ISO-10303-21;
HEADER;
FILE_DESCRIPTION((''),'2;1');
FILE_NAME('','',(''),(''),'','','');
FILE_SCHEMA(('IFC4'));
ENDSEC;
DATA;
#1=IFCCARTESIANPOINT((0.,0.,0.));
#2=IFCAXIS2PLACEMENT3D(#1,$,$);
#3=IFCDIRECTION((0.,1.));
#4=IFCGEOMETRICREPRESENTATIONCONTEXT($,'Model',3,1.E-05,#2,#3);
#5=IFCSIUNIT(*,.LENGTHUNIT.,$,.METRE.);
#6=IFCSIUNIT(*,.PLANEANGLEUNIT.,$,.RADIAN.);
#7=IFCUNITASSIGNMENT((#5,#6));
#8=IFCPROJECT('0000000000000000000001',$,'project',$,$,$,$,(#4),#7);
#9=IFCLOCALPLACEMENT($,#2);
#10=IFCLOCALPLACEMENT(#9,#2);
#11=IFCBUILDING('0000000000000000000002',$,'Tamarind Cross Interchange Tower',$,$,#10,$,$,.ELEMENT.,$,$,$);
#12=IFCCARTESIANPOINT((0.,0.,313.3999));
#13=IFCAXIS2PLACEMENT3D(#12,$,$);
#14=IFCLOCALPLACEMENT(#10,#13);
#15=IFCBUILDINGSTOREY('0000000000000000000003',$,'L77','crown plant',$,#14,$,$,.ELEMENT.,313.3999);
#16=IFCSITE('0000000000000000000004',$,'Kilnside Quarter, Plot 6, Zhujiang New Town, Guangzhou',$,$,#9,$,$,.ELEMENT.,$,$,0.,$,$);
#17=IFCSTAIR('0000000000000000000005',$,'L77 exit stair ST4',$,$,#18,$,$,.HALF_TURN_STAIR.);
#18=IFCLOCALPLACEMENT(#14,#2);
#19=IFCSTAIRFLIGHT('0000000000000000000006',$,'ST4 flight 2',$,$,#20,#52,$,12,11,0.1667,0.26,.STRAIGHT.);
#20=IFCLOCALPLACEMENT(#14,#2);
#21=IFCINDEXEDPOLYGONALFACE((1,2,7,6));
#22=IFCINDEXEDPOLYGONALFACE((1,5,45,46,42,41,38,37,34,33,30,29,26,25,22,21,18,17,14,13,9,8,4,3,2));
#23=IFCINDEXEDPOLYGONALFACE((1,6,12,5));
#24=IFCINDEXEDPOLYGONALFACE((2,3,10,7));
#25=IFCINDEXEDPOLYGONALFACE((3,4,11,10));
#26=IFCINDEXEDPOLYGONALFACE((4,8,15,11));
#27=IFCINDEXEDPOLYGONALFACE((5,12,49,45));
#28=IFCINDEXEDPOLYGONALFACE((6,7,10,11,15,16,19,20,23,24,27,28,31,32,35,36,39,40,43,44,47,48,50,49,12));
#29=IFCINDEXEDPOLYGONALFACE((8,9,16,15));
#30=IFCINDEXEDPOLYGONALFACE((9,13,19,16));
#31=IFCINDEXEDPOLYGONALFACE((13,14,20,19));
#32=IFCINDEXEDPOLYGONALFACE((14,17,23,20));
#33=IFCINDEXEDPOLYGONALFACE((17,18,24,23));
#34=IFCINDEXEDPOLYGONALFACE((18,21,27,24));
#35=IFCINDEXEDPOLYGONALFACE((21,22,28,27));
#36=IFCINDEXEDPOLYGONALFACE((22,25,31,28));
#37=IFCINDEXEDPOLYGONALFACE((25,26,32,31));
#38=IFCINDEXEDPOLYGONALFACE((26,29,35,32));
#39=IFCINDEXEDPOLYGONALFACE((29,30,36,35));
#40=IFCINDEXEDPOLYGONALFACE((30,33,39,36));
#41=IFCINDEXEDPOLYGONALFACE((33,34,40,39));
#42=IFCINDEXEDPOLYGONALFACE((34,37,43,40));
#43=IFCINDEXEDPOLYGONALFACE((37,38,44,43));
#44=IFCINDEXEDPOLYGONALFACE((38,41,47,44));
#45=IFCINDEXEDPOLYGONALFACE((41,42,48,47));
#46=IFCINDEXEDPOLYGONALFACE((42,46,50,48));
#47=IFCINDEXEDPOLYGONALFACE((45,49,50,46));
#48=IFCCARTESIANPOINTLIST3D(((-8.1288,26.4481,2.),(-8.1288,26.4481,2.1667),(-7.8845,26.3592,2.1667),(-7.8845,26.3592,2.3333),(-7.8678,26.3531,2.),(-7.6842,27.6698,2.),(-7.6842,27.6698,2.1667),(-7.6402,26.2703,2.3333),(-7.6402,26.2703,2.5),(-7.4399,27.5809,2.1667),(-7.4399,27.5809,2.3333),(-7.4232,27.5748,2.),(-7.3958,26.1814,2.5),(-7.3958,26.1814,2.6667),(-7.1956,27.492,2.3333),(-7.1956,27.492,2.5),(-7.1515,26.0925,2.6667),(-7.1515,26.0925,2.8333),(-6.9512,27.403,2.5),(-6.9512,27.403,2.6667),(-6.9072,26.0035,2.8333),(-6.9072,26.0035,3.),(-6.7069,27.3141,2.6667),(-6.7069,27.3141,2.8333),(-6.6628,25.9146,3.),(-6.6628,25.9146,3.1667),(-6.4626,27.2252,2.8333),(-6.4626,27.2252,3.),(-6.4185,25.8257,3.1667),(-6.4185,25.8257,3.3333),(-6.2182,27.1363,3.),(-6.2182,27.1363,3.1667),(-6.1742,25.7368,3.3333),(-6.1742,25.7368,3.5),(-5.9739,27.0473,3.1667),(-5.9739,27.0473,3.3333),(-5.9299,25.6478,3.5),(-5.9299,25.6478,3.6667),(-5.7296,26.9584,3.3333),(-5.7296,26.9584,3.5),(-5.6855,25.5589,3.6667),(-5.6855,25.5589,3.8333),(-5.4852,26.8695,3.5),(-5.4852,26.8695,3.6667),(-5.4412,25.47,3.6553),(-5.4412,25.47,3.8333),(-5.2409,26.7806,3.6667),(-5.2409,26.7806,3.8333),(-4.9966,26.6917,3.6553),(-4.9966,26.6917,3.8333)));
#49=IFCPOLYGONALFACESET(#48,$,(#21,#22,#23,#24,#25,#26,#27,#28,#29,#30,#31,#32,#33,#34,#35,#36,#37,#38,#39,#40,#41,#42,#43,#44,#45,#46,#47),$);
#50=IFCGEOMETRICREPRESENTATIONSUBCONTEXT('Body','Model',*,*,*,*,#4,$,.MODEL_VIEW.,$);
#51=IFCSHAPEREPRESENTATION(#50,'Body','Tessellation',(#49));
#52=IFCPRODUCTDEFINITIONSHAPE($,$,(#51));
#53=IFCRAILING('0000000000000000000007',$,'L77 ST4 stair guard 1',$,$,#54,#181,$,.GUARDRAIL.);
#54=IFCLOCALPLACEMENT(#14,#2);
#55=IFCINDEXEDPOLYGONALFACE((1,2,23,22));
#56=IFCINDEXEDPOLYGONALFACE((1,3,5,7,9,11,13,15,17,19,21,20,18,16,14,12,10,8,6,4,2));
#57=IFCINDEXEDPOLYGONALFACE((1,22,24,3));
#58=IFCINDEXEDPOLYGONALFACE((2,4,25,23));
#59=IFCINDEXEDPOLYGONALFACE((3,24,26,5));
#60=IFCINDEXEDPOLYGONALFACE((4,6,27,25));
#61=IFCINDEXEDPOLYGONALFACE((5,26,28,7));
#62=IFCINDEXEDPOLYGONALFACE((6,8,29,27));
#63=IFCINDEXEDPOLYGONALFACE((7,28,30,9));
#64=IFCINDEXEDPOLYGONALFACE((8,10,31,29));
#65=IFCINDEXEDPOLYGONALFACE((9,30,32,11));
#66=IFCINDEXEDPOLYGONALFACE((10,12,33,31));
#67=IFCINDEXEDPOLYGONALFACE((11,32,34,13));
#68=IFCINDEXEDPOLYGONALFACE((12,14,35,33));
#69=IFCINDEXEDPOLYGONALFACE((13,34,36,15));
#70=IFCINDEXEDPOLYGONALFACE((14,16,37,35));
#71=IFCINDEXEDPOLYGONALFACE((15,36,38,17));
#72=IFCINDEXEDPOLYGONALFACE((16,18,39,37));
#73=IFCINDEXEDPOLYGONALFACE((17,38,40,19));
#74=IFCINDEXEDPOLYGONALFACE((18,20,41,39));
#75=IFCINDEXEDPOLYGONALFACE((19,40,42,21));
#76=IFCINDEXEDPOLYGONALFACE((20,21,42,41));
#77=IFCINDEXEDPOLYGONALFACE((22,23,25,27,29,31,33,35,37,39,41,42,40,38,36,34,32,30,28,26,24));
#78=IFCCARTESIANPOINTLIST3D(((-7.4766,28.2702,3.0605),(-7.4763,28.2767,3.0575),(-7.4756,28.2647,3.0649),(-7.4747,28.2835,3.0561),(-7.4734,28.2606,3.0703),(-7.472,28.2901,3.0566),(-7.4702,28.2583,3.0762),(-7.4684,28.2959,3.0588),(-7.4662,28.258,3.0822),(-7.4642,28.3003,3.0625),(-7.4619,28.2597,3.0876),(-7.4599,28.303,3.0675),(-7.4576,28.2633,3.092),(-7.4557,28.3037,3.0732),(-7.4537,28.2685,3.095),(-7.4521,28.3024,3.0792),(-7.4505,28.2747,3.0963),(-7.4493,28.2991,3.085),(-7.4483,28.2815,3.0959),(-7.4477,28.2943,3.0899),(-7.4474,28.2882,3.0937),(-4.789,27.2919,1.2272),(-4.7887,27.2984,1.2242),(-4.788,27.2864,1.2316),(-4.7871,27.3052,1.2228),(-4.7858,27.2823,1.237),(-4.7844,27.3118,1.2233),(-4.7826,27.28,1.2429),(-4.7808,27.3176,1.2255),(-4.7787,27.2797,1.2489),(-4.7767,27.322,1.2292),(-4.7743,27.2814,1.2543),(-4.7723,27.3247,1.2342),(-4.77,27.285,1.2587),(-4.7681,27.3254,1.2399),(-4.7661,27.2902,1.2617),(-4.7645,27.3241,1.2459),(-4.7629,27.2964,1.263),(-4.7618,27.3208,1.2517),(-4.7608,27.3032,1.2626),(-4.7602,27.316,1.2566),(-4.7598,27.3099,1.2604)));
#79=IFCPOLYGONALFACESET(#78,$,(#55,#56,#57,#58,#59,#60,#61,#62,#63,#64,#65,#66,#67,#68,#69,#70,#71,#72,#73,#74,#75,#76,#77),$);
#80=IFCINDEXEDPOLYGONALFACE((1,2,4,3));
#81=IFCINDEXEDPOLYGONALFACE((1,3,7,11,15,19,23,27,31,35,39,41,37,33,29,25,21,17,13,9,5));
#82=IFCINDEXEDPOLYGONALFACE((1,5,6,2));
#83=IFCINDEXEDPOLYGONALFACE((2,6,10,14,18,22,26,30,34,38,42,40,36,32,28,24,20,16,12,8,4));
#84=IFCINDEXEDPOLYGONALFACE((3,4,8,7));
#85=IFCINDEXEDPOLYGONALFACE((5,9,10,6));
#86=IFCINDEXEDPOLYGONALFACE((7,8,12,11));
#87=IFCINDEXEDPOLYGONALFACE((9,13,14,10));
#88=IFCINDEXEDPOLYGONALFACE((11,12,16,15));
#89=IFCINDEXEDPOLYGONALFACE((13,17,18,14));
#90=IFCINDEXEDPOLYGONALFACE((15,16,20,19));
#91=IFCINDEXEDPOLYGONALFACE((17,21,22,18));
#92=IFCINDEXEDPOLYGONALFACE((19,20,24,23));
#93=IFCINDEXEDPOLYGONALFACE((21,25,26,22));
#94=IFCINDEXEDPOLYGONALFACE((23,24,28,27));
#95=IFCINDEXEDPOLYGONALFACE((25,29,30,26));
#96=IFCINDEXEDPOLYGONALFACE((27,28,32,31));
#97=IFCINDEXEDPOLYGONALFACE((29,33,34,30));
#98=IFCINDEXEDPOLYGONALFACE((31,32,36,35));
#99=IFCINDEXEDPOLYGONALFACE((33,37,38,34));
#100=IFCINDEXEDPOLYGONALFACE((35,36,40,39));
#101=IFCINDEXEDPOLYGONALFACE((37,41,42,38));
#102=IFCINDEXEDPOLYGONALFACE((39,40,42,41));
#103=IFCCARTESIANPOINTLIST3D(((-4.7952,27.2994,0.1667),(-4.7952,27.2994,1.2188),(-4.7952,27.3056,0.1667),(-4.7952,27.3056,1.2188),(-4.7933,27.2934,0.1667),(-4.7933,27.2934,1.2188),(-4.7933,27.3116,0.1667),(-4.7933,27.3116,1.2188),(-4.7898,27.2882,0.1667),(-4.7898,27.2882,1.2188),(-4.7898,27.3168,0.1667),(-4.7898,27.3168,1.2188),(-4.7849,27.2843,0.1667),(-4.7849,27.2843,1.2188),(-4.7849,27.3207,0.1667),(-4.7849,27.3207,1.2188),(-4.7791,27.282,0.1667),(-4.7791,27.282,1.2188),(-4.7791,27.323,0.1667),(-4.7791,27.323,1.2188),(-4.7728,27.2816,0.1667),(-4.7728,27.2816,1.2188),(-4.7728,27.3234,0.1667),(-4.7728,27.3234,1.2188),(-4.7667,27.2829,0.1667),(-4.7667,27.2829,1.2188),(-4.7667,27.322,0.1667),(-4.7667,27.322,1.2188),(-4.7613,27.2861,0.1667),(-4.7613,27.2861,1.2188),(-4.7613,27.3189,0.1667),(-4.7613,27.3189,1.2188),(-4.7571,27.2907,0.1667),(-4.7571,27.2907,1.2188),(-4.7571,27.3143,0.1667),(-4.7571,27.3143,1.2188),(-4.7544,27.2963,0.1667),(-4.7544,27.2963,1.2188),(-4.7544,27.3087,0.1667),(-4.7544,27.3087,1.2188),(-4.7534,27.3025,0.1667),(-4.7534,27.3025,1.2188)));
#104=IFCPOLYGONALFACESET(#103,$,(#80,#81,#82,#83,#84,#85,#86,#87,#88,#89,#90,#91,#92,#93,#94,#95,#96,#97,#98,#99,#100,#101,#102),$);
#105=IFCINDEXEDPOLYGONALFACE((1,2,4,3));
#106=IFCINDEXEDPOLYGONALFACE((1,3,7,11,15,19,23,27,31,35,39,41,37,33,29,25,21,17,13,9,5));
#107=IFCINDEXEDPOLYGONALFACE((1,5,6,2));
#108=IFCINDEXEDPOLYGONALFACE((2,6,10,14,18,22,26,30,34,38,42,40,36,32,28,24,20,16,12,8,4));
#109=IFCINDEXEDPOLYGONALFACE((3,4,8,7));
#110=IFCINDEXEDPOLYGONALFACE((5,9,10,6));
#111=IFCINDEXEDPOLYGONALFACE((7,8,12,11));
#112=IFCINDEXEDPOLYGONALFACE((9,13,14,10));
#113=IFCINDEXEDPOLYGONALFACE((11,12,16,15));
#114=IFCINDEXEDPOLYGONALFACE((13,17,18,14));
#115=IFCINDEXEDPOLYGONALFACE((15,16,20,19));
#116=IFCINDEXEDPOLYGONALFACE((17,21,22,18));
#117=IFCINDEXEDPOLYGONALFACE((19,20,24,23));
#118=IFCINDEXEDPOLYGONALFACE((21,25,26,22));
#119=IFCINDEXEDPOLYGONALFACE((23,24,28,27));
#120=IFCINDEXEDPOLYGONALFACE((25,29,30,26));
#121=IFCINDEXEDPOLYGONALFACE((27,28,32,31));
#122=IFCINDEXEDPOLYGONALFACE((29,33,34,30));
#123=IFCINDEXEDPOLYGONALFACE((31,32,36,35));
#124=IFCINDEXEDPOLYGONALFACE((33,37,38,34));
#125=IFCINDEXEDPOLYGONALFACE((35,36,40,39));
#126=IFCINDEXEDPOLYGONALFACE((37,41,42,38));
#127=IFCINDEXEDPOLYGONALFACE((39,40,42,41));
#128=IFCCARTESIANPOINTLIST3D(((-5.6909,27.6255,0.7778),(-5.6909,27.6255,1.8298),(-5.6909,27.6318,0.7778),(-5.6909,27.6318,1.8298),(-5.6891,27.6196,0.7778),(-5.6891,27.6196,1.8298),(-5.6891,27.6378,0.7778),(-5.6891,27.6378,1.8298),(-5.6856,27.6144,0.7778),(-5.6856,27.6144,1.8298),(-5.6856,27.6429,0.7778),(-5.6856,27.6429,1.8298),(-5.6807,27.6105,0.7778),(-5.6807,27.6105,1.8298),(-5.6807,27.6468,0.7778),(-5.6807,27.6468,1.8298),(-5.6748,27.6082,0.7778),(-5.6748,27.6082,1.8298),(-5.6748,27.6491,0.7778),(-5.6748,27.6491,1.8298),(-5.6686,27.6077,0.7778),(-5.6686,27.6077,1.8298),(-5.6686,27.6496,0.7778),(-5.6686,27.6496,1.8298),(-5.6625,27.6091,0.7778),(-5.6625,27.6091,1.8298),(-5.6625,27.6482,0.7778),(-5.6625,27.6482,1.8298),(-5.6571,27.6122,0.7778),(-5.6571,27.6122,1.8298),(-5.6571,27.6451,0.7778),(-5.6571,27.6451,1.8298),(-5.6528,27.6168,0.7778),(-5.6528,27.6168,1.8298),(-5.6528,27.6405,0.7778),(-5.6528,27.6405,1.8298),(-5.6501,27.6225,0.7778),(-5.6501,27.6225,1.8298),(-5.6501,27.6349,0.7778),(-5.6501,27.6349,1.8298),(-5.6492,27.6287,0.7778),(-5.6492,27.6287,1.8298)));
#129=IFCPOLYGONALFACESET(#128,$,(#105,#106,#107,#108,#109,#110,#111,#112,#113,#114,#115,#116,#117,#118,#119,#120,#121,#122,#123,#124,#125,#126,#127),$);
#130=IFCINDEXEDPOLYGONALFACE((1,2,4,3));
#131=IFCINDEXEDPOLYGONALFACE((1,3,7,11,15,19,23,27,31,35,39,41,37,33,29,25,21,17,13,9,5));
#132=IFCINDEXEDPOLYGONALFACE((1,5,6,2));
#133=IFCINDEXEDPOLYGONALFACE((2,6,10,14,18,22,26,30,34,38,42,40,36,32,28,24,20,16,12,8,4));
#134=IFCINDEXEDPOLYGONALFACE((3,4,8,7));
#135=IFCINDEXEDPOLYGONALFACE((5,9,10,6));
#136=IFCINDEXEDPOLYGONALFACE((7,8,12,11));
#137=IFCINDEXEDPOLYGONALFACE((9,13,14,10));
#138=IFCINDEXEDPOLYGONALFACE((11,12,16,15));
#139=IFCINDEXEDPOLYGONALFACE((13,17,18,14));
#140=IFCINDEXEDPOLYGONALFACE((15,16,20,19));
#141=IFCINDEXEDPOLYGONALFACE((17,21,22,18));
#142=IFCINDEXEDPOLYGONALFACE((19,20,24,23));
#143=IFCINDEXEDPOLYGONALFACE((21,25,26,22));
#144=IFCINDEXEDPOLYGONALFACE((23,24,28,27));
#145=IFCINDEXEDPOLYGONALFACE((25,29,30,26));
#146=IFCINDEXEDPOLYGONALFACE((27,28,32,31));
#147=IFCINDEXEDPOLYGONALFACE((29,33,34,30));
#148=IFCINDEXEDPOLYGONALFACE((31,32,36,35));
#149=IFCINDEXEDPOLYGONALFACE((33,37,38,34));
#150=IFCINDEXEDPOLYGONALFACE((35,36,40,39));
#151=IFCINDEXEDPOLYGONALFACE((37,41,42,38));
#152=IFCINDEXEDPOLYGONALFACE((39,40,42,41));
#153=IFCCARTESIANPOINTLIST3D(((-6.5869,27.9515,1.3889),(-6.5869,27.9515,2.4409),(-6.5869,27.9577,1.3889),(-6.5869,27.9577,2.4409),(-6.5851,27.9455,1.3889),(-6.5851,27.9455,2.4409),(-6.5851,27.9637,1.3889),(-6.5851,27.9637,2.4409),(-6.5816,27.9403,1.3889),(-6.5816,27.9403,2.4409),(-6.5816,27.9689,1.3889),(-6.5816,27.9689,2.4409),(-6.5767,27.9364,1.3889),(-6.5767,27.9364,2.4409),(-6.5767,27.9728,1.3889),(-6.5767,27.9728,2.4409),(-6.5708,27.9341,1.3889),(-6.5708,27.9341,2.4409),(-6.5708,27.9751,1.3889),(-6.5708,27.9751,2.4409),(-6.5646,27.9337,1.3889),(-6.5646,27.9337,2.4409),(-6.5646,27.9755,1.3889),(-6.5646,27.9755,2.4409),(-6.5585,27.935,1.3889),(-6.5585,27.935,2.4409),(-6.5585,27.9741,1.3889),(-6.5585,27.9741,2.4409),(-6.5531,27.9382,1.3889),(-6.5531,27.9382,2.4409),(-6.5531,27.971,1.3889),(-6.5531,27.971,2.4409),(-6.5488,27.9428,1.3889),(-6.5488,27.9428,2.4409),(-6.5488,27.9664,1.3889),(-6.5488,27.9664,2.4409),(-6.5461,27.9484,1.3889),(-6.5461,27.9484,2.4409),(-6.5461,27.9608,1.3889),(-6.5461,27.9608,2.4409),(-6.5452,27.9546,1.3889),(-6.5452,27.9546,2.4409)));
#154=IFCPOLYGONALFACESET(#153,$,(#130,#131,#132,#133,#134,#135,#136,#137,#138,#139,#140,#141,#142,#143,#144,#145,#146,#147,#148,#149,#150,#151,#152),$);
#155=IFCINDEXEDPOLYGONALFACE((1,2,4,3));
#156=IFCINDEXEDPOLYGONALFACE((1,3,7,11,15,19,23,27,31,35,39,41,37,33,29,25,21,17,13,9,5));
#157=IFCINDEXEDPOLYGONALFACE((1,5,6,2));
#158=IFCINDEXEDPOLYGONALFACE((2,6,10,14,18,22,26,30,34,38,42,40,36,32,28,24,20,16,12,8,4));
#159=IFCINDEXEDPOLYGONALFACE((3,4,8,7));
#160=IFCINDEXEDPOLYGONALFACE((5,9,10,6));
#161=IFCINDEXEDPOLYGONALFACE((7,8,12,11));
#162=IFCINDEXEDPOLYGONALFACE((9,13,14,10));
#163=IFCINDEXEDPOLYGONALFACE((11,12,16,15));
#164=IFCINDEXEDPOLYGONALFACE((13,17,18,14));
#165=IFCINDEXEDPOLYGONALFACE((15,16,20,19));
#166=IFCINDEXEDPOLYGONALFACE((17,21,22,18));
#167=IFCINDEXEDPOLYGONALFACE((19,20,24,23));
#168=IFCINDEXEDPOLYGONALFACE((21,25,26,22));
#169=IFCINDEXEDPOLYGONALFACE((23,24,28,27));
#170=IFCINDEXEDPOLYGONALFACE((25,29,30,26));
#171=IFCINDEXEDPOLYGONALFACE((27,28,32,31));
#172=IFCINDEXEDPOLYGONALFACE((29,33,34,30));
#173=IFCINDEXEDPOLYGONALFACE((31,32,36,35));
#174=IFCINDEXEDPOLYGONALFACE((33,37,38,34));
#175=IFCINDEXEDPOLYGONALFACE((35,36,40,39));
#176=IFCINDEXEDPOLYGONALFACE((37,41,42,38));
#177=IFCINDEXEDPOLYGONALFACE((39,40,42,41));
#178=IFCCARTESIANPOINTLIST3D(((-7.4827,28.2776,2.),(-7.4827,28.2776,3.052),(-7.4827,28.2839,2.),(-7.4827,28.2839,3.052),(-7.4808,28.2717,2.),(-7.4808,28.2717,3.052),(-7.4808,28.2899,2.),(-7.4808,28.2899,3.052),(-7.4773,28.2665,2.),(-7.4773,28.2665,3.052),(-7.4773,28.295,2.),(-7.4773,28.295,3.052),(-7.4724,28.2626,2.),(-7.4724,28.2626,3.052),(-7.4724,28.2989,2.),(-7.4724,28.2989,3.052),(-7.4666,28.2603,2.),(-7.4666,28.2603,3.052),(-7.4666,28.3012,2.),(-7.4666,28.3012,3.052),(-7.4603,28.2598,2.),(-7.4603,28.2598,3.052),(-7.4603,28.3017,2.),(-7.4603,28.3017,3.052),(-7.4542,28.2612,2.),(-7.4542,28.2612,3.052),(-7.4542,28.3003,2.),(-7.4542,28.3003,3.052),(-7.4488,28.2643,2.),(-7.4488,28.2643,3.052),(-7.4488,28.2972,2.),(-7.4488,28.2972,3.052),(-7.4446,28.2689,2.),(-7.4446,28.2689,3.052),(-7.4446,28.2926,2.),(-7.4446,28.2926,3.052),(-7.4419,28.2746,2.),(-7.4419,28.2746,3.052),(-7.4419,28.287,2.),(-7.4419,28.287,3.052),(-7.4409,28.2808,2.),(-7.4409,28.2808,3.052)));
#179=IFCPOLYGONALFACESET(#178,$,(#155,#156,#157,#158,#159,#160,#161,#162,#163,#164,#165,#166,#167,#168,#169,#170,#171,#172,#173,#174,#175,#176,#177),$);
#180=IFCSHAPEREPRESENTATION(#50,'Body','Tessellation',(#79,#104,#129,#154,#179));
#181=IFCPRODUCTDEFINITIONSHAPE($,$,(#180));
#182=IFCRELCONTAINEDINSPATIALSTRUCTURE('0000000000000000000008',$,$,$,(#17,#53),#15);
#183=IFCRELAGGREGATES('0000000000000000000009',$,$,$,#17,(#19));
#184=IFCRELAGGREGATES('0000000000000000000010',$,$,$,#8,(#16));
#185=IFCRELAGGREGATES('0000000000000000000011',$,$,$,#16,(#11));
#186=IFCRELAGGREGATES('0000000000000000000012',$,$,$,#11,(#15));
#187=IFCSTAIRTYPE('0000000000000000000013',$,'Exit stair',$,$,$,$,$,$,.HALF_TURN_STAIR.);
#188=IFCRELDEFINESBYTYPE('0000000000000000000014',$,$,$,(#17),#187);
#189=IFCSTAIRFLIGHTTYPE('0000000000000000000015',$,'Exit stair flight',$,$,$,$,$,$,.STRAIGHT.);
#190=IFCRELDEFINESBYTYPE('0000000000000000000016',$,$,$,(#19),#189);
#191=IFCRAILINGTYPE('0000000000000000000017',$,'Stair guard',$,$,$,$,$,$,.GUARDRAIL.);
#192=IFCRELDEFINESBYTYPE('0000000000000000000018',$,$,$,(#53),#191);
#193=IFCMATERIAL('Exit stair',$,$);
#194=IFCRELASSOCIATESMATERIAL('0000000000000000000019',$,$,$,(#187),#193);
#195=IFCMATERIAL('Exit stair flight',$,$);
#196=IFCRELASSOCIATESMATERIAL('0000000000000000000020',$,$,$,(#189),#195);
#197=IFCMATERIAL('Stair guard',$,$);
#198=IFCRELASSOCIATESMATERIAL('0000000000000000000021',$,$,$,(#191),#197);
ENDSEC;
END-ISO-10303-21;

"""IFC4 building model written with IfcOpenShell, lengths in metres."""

from ifc_helpers import new_model, si_unit, direction, frame, origin, origin_2d, place, context, subcontext, project, spatial, polyline, circle, outline, extrude, material, type_object, element, aggregate, save


model = new_model("IFC4")

# Units and contexts
model_context = context("Model", 3, precision=1e-05, world=origin(), true_north=direction((0.0, 1.0)))
body_context = subcontext(model_context, "Body", "Model", "MODEL_VIEW")
ifc_project = project(units=[si_unit("LENGTHUNIT", "METRE"), si_unit("PLANEANGLEUNIT", "RADIAN")], contexts=[model_context])

# Site, building, storey
site_placement = place(None, origin())
site = spatial("IfcSite", under=ifc_project, at=site_placement, Name="Kilnside Quarter, Plot 6, Zhujiang New Town, Guangzhou", CompositionType="ELEMENT", RefElevation=0.0)
building_placement = place(site_placement, origin())
building = spatial("IfcBuilding", under=site, at=building_placement, Name="Tamarind Cross Interchange Tower", CompositionType="ELEMENT")
storey_placement = place(building_placement, frame((0.0, 0.0, 313.3999)))
storey = spatial("IfcBuildingStorey", under=building, at=storey_placement, Name="L77", Description="crown plant", CompositionType="ELEMENT", Elevation=313.3999)

# Stair, stair flight
ifc_material_1 = material(Name="Exit stair")
stair_type = type_object("IfcStairType", Name="Exit stair", PredefinedType="HALF_TURN_STAIR", material=ifc_material_1)
stair_placement = place(storey_placement, origin())
stair = element("IfcStair", 1, at=stair_placement, inside=storey, type_object=stair_type, Name="L77 exit stair ST4", PredefinedType="HALF_TURN_STAIR")
ifc_material_2 = material(Name="Exit stair flight")
stair_flight_type = type_object("IfcStairFlightType", Name="Exit stair flight", PredefinedType="STRAIGHT", material=ifc_material_2)
stair_flight_1_placement = place(storey_placement, frame((-7.9065, 27.0591, 2.0), z_axis=(0.0, 0.0, 1.0), x_axis=(0.939702, -0.341994, 0.0)))
stair_flight_1 = element("IfcStairFlight", 2, at=stair_flight_1_placement, type_object=stair_flight_type, Name="ST4 flight 2", NumberOfRisers=12, NumberOfTreads=11, PredefinedType="STRAIGHT", RiserHeight=0.1667, TreadLength=0.26, context=body_context, shape_type="SweptSolid", body=[
    extrude(outline(polyline([(0.0, 0.0), (0.0, 0.1667), (0.26, 0.1667), (0.26, 0.3333), (0.52, 0.3333), (0.52, 0.5), (0.78, 0.5), (0.78, 0.6667), (1.04, 0.6667), (1.04, 0.8333), (1.3, 0.8333), (1.3, 1.0), (1.5601, 1.0), (1.5601, 1.1667), (1.8201, 1.1667), (1.8201, 1.3333), (2.0801, 1.3333), (2.0801, 1.5), (2.3401, 1.5), (2.3401, 1.6667), (2.6001, 1.6667), (2.6001, 1.8333), (2.8601, 1.8333), (2.8601, 2.0), (2.8601, 1.6553), (0.2778, 0.0), (0.0, 0.0)])), frame((0.0, 0.6499, 0.0), z_axis=(0.0, -1.0, 0.0), x_axis=(1.0, 0.0, 0.0)), (0.0, 0.0, 1.0), 1.3),
])
aggregate(stair, [stair_flight_1])

# Railing
ifc_material_3 = material(Name="Stair guard")
railing_type_1 = type_object("IfcRailingType", Name="Stair guard", PredefinedType="GUARDRAIL", material=ifc_material_3)
railing_1_placement = place(storey_placement, frame((-4.7744, 27.3025, 0.1667)))
element("IfcRailing", 3, at=railing_1_placement, inside=storey, type_object=railing_type_1, Name="L77 ST4 stair guard 1", PredefinedType="GUARDRAIL", context=body_context, shape_type="SweptSolid", body=[
    extrude(circle(Radius=0.0239, at=origin_2d()), frame((0.0, 0.0, 1.0762), z_axis=(-0.791109, 0.28797, 0.539647), x_axis=(-0.342051, -0.939681, 0.0)), (0.0, 0.0, 1.0), 3.3972),
    extrude(circle(Radius=0.021, at=origin_2d()), origin(), (0.0, 0.0, 1.0), 1.052),
    extrude(circle(Radius=0.021, at=origin_2d()), frame((-0.8958, 0.3262, 0.6111)), (0.0, 0.0, 1.0), 1.052),
    extrude(circle(Radius=0.021, at=origin_2d()), frame((-1.7917, 0.6521, 1.2222)), (0.0, 0.0, 1.0), 1.052),
    extrude(circle(Radius=0.021, at=origin_2d()), frame((-2.6875, 0.9783, 1.8333)), (0.0, 0.0, 1.0), 1.052),
])

save(model, "model.ifc")
